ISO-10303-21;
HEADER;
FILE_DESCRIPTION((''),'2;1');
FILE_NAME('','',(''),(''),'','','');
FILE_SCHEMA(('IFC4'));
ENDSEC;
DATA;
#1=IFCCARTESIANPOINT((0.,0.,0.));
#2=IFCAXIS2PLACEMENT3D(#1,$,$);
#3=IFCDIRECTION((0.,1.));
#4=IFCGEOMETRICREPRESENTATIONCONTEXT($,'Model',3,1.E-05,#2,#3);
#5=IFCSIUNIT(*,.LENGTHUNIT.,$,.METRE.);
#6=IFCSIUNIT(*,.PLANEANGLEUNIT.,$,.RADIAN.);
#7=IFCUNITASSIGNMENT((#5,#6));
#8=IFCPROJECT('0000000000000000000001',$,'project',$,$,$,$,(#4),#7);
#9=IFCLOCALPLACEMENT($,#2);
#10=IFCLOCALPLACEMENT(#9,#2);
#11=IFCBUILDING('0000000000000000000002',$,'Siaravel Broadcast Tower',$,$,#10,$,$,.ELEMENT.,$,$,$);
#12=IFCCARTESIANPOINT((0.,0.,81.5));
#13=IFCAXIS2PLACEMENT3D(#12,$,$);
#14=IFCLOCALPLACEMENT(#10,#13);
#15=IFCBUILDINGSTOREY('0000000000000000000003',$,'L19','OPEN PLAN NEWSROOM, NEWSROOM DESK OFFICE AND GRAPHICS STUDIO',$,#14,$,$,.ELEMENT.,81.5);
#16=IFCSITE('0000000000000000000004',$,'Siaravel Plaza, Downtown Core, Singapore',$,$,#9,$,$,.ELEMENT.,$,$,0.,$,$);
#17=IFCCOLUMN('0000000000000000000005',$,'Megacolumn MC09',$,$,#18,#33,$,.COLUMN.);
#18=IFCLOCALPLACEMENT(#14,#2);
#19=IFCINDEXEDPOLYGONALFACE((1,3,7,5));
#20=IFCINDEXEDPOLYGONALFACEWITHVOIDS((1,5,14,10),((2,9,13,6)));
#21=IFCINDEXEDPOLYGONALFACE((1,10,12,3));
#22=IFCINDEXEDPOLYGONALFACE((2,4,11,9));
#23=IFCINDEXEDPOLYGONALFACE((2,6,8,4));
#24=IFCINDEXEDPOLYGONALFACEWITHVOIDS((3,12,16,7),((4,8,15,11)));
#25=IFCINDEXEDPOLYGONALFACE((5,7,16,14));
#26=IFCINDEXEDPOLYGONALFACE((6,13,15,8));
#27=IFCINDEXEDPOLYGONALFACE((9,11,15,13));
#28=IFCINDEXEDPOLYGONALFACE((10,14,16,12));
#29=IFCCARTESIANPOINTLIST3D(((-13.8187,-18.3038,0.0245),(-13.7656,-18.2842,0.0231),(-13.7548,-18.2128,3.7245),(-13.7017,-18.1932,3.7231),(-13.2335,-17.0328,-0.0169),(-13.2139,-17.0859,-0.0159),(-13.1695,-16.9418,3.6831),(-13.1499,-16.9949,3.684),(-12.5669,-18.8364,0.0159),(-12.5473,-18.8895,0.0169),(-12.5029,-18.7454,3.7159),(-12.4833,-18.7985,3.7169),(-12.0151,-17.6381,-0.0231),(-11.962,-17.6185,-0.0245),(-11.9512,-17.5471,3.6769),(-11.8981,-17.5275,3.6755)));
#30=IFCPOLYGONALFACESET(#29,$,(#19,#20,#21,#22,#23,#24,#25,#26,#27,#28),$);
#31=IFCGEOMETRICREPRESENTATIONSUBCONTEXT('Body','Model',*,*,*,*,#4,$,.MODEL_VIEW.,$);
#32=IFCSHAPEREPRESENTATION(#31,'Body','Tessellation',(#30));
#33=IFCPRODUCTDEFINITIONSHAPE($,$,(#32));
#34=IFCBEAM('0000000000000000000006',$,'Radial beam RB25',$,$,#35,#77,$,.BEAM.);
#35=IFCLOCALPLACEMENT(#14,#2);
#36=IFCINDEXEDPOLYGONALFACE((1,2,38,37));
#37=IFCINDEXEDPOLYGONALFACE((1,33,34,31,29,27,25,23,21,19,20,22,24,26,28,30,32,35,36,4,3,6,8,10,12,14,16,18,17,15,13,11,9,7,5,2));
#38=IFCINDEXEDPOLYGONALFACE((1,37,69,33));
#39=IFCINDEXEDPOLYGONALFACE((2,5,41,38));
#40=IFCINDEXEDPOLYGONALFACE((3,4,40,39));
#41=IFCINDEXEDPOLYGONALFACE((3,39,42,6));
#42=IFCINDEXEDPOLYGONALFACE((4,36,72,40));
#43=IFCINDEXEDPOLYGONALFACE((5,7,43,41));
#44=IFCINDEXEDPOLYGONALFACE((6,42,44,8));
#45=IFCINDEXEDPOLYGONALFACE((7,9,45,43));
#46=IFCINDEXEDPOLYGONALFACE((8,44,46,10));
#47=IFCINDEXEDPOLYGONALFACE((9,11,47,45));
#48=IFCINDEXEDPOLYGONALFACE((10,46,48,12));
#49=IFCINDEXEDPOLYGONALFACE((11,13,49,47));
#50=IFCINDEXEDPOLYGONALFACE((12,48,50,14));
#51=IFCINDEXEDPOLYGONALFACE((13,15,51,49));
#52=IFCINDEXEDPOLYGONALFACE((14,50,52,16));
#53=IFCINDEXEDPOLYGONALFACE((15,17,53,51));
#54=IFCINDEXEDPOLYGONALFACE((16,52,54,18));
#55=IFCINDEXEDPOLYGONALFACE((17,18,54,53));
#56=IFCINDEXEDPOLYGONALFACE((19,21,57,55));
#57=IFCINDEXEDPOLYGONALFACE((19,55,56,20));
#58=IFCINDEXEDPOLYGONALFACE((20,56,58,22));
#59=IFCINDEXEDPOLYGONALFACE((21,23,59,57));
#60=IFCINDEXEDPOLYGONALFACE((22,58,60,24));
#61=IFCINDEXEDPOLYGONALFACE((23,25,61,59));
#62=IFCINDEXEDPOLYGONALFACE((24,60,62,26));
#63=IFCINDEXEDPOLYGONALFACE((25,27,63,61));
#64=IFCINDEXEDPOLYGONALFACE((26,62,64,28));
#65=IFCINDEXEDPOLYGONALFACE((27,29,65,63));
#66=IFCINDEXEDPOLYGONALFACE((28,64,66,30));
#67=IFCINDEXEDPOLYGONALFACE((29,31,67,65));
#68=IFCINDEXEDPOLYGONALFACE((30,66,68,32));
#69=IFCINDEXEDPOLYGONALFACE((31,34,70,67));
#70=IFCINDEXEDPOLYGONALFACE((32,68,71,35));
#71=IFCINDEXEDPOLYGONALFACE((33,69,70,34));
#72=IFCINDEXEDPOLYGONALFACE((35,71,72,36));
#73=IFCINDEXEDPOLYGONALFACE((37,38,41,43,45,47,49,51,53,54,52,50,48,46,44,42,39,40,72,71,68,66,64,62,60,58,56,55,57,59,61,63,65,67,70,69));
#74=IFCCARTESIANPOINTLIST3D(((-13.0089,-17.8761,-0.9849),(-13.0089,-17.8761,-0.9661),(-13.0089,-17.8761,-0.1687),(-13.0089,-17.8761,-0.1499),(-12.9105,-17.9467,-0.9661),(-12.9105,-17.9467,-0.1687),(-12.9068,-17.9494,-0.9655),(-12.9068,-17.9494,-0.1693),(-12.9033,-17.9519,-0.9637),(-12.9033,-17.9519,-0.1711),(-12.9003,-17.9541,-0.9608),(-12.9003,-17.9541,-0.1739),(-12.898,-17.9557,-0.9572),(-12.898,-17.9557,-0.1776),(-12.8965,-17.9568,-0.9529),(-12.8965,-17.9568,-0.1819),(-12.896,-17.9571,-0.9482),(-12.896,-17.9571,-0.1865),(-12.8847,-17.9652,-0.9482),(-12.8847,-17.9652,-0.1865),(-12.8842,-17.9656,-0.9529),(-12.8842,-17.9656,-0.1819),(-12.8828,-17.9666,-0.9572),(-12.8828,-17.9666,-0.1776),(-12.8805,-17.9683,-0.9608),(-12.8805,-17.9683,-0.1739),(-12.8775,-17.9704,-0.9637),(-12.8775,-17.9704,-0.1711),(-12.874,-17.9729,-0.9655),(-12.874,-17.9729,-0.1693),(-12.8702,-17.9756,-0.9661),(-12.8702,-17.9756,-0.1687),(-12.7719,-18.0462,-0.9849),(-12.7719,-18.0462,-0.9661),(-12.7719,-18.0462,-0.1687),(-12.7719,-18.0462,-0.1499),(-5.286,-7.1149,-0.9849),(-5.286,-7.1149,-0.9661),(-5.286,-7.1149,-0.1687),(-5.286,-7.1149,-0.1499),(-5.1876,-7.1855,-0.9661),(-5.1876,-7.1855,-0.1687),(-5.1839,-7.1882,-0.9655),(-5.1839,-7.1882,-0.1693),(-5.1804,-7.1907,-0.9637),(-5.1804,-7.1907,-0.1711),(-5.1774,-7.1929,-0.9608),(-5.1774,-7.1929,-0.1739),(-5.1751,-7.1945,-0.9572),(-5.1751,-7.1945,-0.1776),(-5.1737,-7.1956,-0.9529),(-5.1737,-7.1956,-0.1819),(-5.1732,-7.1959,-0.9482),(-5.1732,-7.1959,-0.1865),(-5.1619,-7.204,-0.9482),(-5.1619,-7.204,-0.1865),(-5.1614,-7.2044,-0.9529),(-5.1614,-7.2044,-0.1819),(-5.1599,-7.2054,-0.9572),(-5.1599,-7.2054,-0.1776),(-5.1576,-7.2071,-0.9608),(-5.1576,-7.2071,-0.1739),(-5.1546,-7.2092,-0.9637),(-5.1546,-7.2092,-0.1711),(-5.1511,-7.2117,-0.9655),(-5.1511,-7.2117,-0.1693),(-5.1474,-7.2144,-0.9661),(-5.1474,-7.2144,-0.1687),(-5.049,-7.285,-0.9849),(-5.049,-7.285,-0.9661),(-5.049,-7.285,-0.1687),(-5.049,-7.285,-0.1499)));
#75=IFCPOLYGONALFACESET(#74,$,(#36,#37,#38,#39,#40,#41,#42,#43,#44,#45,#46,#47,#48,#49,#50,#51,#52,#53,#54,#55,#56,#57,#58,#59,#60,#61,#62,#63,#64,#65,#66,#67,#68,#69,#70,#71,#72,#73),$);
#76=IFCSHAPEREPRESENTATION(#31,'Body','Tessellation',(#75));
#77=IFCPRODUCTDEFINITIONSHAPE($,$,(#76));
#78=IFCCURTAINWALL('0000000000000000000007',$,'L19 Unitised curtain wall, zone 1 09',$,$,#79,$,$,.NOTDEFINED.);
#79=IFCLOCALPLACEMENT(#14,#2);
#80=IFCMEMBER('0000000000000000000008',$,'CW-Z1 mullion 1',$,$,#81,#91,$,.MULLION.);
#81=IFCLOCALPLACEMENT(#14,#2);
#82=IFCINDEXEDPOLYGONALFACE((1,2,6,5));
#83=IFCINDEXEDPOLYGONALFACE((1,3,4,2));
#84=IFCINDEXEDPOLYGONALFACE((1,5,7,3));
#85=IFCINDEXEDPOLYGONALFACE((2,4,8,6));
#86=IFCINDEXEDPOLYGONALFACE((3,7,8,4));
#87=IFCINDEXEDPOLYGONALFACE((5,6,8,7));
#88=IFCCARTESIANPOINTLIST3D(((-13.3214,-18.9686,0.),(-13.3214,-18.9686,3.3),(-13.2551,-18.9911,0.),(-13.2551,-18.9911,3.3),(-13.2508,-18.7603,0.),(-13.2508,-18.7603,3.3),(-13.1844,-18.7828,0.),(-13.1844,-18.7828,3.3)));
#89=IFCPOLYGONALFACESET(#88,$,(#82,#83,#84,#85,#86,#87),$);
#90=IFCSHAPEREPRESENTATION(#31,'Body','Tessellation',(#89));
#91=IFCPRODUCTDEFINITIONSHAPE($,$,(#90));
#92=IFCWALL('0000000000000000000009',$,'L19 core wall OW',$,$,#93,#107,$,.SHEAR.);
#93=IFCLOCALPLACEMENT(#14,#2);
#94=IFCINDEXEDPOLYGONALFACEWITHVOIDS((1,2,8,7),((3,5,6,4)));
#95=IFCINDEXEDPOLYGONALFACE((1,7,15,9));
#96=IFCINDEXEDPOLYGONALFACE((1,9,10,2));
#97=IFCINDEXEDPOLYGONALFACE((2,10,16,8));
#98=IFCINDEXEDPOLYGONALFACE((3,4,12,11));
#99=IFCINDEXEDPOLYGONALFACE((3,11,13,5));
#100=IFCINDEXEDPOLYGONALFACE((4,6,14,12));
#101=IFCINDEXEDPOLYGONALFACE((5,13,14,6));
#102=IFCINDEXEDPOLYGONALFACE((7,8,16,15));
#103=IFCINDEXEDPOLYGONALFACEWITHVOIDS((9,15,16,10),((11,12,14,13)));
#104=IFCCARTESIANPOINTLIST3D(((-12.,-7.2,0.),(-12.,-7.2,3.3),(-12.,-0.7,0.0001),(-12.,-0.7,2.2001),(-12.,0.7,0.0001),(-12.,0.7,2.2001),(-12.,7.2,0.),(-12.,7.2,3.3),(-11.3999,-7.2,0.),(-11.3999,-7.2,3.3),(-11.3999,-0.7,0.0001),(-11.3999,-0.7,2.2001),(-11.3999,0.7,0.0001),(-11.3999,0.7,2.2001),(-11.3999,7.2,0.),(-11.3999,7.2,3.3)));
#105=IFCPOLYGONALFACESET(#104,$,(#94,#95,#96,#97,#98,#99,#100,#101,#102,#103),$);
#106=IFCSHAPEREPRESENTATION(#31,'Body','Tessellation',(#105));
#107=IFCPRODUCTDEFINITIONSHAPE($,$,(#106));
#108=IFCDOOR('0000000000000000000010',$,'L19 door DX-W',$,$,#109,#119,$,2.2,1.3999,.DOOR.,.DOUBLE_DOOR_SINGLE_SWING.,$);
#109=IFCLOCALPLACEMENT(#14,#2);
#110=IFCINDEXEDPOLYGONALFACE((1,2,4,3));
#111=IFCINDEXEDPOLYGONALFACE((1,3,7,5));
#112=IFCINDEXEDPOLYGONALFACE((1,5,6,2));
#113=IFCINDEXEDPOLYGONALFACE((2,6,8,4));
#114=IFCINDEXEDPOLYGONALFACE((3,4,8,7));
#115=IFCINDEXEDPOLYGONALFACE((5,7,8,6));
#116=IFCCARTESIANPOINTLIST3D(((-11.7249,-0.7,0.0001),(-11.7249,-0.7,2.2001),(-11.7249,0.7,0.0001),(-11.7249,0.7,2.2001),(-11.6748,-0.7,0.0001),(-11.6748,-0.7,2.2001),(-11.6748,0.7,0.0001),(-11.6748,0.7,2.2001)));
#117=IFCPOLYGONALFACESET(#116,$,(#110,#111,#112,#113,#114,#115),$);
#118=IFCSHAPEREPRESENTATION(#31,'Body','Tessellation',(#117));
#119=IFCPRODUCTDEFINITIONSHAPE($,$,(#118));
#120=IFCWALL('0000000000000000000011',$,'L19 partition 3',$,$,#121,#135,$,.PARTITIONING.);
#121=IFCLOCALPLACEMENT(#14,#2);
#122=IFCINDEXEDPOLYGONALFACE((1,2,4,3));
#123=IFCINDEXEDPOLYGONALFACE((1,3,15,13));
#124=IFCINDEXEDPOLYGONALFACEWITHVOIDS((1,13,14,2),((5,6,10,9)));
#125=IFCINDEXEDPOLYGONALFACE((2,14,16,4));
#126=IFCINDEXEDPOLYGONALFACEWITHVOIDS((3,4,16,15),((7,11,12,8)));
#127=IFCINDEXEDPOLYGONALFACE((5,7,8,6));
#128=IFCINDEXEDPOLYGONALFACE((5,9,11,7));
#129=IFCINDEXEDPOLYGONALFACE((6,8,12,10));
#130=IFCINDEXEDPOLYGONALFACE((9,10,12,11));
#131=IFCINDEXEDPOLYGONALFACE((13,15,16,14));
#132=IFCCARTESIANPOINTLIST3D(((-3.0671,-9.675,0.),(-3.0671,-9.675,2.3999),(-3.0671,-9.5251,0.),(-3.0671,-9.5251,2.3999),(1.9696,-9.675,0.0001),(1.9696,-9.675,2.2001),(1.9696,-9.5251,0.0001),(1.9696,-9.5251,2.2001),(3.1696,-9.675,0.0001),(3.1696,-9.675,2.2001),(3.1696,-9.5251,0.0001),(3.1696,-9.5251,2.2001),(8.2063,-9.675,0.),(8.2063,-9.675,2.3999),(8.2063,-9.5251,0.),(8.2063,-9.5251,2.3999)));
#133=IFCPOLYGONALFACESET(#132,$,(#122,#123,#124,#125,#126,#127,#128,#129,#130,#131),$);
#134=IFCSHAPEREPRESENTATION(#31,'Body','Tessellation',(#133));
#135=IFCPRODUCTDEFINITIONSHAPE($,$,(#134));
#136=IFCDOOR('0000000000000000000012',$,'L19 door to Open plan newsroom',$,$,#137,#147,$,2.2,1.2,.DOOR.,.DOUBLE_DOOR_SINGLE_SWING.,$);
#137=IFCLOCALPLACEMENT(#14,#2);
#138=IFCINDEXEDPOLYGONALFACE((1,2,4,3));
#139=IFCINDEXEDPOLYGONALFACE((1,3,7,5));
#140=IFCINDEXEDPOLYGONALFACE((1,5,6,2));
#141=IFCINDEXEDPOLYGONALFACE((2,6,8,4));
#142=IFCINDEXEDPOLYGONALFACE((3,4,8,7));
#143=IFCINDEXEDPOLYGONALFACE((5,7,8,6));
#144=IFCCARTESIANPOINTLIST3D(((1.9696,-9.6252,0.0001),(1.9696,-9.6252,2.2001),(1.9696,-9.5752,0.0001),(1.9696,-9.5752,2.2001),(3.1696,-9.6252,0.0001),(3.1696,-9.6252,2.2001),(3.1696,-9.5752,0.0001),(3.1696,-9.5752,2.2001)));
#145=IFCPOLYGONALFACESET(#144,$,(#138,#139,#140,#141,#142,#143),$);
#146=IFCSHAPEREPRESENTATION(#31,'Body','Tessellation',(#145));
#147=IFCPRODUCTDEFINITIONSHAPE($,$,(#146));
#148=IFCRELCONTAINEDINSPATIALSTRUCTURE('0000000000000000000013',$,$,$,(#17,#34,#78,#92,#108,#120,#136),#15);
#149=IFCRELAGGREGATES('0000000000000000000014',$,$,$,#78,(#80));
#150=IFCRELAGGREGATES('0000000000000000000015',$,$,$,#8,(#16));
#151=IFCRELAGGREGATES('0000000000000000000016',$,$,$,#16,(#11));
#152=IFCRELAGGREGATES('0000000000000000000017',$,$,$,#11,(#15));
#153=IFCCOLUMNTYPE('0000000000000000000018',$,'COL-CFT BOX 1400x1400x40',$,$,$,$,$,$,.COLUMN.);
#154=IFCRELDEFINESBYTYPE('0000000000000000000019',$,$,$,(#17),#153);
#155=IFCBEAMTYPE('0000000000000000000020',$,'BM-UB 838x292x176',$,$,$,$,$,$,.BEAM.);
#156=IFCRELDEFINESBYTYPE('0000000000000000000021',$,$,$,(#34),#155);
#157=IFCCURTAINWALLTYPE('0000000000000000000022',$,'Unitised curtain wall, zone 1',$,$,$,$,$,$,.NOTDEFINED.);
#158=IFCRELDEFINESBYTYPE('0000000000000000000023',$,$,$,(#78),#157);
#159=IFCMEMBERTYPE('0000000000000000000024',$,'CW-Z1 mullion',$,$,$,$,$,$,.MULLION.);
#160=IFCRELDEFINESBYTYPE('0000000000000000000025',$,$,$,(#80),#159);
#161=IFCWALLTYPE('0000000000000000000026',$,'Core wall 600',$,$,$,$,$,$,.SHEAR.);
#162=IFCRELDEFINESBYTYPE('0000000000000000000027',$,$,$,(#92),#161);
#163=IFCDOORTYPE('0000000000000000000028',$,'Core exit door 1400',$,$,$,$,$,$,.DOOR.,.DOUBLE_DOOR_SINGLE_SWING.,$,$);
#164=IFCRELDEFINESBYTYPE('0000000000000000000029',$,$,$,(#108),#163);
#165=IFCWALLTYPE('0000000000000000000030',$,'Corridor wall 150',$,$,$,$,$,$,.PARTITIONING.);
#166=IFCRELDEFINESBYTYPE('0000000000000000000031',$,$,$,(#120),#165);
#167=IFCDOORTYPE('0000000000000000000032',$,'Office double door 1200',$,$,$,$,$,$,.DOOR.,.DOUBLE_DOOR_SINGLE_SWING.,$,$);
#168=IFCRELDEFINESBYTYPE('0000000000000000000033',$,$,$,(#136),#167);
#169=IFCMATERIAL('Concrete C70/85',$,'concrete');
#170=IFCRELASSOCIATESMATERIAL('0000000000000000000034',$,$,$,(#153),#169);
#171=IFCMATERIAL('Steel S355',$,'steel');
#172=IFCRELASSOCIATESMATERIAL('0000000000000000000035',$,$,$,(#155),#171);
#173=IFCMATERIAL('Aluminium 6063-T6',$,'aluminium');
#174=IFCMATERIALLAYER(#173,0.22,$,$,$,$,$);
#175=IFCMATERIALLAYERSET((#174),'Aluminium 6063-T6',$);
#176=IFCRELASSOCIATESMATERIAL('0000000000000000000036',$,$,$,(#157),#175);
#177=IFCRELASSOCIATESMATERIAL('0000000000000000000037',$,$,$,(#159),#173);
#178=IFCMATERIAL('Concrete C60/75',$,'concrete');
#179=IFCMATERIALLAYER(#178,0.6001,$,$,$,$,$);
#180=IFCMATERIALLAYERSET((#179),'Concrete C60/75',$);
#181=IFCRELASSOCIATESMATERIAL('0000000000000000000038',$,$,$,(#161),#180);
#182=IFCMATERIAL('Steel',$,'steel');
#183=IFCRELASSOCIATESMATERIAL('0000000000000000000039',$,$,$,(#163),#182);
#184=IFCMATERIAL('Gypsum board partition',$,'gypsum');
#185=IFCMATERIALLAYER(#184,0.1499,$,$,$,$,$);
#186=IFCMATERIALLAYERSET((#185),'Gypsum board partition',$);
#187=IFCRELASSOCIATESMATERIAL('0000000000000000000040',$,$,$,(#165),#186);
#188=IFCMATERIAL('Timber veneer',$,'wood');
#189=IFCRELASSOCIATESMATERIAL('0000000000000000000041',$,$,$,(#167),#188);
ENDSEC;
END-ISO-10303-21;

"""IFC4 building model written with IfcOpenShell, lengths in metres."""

from ifc_helpers import new_model, si_unit, direction, frame, frame_2d, origin, origin_2d, place, context, subcontext, project, spatial, rectangle, hollow_rectangle, i_section, extrude, material, layer, layer_set, material_profile, profile_set, type_object, element, fill, aggregate, save


model = new_model("IFC4")

# Units and contexts
model_context = context("Model", 3, precision=1e-05, world=origin(), true_north=direction((0.0, 1.0)))
body_context = subcontext(model_context, "Body", "Model", "MODEL_VIEW")
ifc_project = project(units=[si_unit("LENGTHUNIT", "METRE"), si_unit("PLANEANGLEUNIT", "RADIAN")], contexts=[model_context])

# Site, building, storey
site_placement = place(None, origin())
site = spatial("IfcSite", under=ifc_project, at=site_placement, Name="Siaravel Plaza, Downtown Core, Singapore", CompositionType="ELEMENT", RefElevation=0.0)
building_placement = place(site_placement, origin())
building = spatial("IfcBuilding", under=site, at=building_placement, Name="Siaravel Broadcast Tower", CompositionType="ELEMENT")
storey_placement = place(building_placement, frame((0.0, 0.0, 81.5)))
storey = spatial("IfcBuildingStorey", under=building, at=storey_placement, Name="L19", Description="OPEN PLAN NEWSROOM, NEWSROOM DESK OFFICE AND GRAPHICS STUDIO", CompositionType="ELEMENT", Elevation=81.5)

# Column
ifc_material_1 = material(Name="Concrete C70/85", Category="concrete")
ifc_material_profile_1 = material_profile(ifc_material_1, hollow_rectangle(XDim=1.3999, YDim=1.3999, WallThickness=0.04, at=origin_2d()))
ifc_profile_set_1 = profile_set([ifc_material_profile_1], Name="Concrete C70/85")
column_type = type_object("IfcColumnType", Name="COL-CFT BOX 1400x1400x40", PredefinedType="COLUMN", material=ifc_profile_set_1)
column_placement = place(storey_placement, frame((-12.8904, -17.9612, 0.0), z_axis=(0.01728, 0.024601, 0.999548), x_axis=(-0.908252, 0.418389, 0.005404)))
element("IfcColumn", 1, at=column_placement, inside=storey, type_object=column_type, Name="Megacolumn MC09", PredefinedType="COLUMN", context=body_context, shape_type="SweptSolid", body=[
    extrude(hollow_rectangle(XDim=1.3999, YDim=1.3999, WallThickness=0.04, at=origin_2d()), origin(), (0.0, 0.0, 1.0), 3.7017),
])

# Beam
ifc_material_2 = material(Name="Steel S355", Category="steel")
ifc_material_profile_2 = material_profile(ifc_material_2, i_section(OverallWidth=0.2917, OverallDepth=0.835, WebThickness=0.0139, FlangeThickness=0.0188, FilletRadius=0.0178, at=origin_2d()))
ifc_profile_set_2 = profile_set([ifc_material_profile_2], Name="Steel S355")
beam_type = type_object("IfcBeamType", Name="BM-UB 838x292x176", PredefinedType="BEAM", material=ifc_profile_set_2)
beam_placement = place(storey_placement, frame((-12.8904, -17.9612, -0.5674), z_axis=(0.583052, 0.812435, 0.0), x_axis=(-0.812435, 0.583052, 0.0)))
element("IfcBeam", 2, at=beam_placement, inside=storey, type_object=beam_type, Name="Radial beam RB25", PredefinedType="BEAM", context=body_context, shape_type="SweptSolid", body=[
    extrude(i_section(OverallWidth=0.2917, OverallDepth=0.835, WebThickness=0.0139, FlangeThickness=0.0188, FilletRadius=0.0178, at=origin_2d()), origin(), (0.0, 0.0, 1.0), 13.2456),
])

# Curtain wall, member
ifc_material_3 = material(Name="Aluminium 6063-T6", Category="aluminium")
ifc_layer_1 = layer(ifc_material_3, 0.22)
ifc_layer_set_1 = layer_set([ifc_layer_1], Name="Aluminium 6063-T6")
curtain_wall_type = type_object("IfcCurtainWallType", Name="Unitised curtain wall, zone 1", PredefinedType="NOTDEFINED", material=ifc_layer_set_1)
curtain_wall_placement = place(storey_placement, origin())
curtain_wall = element("IfcCurtainWall", 3, at=curtain_wall_placement, inside=storey, type_object=curtain_wall_type, Name="L19 Unitised curtain wall, zone 1 09", PredefinedType="NOTDEFINED")
ifc_material_profile_3 = material_profile(ifc_material_3, rectangle(XDim=0.22, YDim=0.0701, at=origin_2d()))
ifc_profile_set_3 = profile_set([ifc_material_profile_3], Name="Aluminium 6063-T6")
member_type = type_object("IfcMemberType", Name="CW-Z1 mullion", PredefinedType="MULLION", material=ifc_profile_set_3)
member_placement = place(storey_placement, frame((-13.2529, -18.8757, 0.0), z_axis=(0.0, 0.0, 1.0), x_axis=(0.321301, 0.946977, 0.0)))
member = element("IfcMember", 4, at=member_placement, type_object=member_type, Name="CW-Z1 mullion 1", PredefinedType="MULLION", context=body_context, shape_type="SweptSolid", body=[
    extrude(rectangle(XDim=0.22, YDim=0.0701, at=origin_2d()), origin(), (0.0, 0.0, 1.0), 3.3),
])
aggregate(curtain_wall, [member])

# Walls, openings, doors
ifc_material_4 = material(Name="Concrete C60/75", Category="concrete")
ifc_layer_2 = layer(ifc_material_4, 0.6001)
ifc_layer_set_2 = layer_set([ifc_layer_2], Name="Concrete C60/75")
wall_type_1 = type_object("IfcWallType", Name="Core wall 600", PredefinedType="SHEAR", material=ifc_layer_set_2)
wall_1_placement = place(storey_placement, frame((-11.7, -7.2, 0.0), z_axis=(0.0, 0.0, 1.0), x_axis=(0.0, 1.0, 0.0)))
wall_1 = element("IfcWall", 5, at=wall_1_placement, inside=storey, type_object=wall_type_1, Name="L19 core wall OW", PredefinedType="SHEAR", context=body_context, shape_type="SweptSolid", body=[
    extrude(rectangle(XDim=14.3999, YDim=0.6001, at=frame_2d((7.2, 0.0))), origin(), (0.0, 0.0, 1.0), 3.3),
])
opening_1_placement = place(wall_1_placement, frame((6.5, 0.0, 0.0)))
opening_1 = element("IfcOpeningElement", 6, at=opening_1_placement, cuts=wall_1, PredefinedType="OPENING", context=body_context, shape_type="SweptSolid", body=[
    extrude(rectangle(XDim=1.3999, YDim=2.2, at=frame_2d((0.7, 1.1001))), frame((0.0, 0.3101, 0.0), z_axis=(0.0, -1.0, 0.0), x_axis=(1.0, 0.0, 0.0)), (0.0, 0.0, 1.0), 0.6201),
])
ifc_material_5 = material(Name="Steel", Category="steel")
door_type_1 = type_object("IfcDoorType", Name="Core exit door 1400", OperationType="DOUBLE_DOOR_SINGLE_SWING", PredefinedType="DOOR", material=ifc_material_5)
door_1_placement = place(opening_1_placement, origin())
door_1 = element("IfcDoor", 7, at=door_1_placement, inside=storey, type_object=door_type_1, Name="L19 door DX-W", OperationType="DOUBLE_DOOR_SINGLE_SWING", OverallHeight=2.2, OverallWidth=1.3999, PredefinedType="DOOR", context=body_context, shape_type="SweptSolid", body=[
    extrude(rectangle(XDim=1.3999, YDim=2.2, at=frame_2d((0.7, 1.1001))), frame((0.0, 0.0249, 0.0), z_axis=(0.0, -1.0, 0.0), x_axis=(1.0, 0.0, 0.0)), (0.0, 0.0, 1.0), 0.05),
])
fill(opening_1, door_1)
ifc_material_6 = material(Name="Gypsum board partition", Category="gypsum")
ifc_layer_3 = layer(ifc_material_6, 0.1499)
ifc_layer_set_3 = layer_set([ifc_layer_3], Name="Gypsum board partition")
wall_type_2 = type_object("IfcWallType", Name="Corridor wall 150", PredefinedType="PARTITIONING", material=ifc_layer_set_3)
wall_2_placement = place(storey_placement, frame((-3.0671, -9.6001, 0.0), z_axis=(0.0, 0.0, 1.0), x_axis=(1.0, 0.0, 0.0)))
wall_2 = element("IfcWall", 8, at=wall_2_placement, inside=storey, type_object=wall_type_2, Name="L19 partition 3", PredefinedType="PARTITIONING", context=body_context, shape_type="SweptSolid", body=[
    extrude(rectangle(XDim=11.2734, YDim=0.1499, at=frame_2d((5.6367, 0.0))), origin(), (0.0, 0.0, 1.0), 2.3999),
])
opening_2_placement = place(wall_2_placement, frame((5.0366, 0.0, 0.0)))
opening_2 = element("IfcOpeningElement", 9, at=opening_2_placement, cuts=wall_2, PredefinedType="OPENING", context=body_context, shape_type="SweptSolid", body=[
    extrude(rectangle(XDim=1.2, YDim=2.2, at=frame_2d((0.6001, 1.1001))), frame((0.0, 0.085, 0.0), z_axis=(0.0, -1.0, 0.0), x_axis=(1.0, 0.0, 0.0)), (0.0, 0.0, 1.0), 0.1699),
])
ifc_material_7 = material(Name="Timber veneer", Category="wood")
door_type_2 = type_object("IfcDoorType", Name="Office double door 1200", OperationType="DOUBLE_DOOR_SINGLE_SWING", PredefinedType="DOOR", material=ifc_material_7)
door_2_placement = place(opening_2_placement, origin())
door_2 = element("IfcDoor", 10, at=door_2_placement, inside=storey, type_object=door_type_2, Name="L19 door to Open plan newsroom", OperationType="DOUBLE_DOOR_SINGLE_SWING", OverallHeight=2.2, OverallWidth=1.2, PredefinedType="DOOR", context=body_context, shape_type="SweptSolid", body=[
    extrude(rectangle(XDim=1.2, YDim=2.2, at=frame_2d((0.6001, 1.1001))), frame((0.0, 0.0249, 0.0), z_axis=(0.0, -1.0, 0.0), x_axis=(1.0, 0.0, 0.0)), (0.0, 0.0, 1.0), 0.05),
])
fill(opening_2, door_2)

save(model, "model.ifc")
